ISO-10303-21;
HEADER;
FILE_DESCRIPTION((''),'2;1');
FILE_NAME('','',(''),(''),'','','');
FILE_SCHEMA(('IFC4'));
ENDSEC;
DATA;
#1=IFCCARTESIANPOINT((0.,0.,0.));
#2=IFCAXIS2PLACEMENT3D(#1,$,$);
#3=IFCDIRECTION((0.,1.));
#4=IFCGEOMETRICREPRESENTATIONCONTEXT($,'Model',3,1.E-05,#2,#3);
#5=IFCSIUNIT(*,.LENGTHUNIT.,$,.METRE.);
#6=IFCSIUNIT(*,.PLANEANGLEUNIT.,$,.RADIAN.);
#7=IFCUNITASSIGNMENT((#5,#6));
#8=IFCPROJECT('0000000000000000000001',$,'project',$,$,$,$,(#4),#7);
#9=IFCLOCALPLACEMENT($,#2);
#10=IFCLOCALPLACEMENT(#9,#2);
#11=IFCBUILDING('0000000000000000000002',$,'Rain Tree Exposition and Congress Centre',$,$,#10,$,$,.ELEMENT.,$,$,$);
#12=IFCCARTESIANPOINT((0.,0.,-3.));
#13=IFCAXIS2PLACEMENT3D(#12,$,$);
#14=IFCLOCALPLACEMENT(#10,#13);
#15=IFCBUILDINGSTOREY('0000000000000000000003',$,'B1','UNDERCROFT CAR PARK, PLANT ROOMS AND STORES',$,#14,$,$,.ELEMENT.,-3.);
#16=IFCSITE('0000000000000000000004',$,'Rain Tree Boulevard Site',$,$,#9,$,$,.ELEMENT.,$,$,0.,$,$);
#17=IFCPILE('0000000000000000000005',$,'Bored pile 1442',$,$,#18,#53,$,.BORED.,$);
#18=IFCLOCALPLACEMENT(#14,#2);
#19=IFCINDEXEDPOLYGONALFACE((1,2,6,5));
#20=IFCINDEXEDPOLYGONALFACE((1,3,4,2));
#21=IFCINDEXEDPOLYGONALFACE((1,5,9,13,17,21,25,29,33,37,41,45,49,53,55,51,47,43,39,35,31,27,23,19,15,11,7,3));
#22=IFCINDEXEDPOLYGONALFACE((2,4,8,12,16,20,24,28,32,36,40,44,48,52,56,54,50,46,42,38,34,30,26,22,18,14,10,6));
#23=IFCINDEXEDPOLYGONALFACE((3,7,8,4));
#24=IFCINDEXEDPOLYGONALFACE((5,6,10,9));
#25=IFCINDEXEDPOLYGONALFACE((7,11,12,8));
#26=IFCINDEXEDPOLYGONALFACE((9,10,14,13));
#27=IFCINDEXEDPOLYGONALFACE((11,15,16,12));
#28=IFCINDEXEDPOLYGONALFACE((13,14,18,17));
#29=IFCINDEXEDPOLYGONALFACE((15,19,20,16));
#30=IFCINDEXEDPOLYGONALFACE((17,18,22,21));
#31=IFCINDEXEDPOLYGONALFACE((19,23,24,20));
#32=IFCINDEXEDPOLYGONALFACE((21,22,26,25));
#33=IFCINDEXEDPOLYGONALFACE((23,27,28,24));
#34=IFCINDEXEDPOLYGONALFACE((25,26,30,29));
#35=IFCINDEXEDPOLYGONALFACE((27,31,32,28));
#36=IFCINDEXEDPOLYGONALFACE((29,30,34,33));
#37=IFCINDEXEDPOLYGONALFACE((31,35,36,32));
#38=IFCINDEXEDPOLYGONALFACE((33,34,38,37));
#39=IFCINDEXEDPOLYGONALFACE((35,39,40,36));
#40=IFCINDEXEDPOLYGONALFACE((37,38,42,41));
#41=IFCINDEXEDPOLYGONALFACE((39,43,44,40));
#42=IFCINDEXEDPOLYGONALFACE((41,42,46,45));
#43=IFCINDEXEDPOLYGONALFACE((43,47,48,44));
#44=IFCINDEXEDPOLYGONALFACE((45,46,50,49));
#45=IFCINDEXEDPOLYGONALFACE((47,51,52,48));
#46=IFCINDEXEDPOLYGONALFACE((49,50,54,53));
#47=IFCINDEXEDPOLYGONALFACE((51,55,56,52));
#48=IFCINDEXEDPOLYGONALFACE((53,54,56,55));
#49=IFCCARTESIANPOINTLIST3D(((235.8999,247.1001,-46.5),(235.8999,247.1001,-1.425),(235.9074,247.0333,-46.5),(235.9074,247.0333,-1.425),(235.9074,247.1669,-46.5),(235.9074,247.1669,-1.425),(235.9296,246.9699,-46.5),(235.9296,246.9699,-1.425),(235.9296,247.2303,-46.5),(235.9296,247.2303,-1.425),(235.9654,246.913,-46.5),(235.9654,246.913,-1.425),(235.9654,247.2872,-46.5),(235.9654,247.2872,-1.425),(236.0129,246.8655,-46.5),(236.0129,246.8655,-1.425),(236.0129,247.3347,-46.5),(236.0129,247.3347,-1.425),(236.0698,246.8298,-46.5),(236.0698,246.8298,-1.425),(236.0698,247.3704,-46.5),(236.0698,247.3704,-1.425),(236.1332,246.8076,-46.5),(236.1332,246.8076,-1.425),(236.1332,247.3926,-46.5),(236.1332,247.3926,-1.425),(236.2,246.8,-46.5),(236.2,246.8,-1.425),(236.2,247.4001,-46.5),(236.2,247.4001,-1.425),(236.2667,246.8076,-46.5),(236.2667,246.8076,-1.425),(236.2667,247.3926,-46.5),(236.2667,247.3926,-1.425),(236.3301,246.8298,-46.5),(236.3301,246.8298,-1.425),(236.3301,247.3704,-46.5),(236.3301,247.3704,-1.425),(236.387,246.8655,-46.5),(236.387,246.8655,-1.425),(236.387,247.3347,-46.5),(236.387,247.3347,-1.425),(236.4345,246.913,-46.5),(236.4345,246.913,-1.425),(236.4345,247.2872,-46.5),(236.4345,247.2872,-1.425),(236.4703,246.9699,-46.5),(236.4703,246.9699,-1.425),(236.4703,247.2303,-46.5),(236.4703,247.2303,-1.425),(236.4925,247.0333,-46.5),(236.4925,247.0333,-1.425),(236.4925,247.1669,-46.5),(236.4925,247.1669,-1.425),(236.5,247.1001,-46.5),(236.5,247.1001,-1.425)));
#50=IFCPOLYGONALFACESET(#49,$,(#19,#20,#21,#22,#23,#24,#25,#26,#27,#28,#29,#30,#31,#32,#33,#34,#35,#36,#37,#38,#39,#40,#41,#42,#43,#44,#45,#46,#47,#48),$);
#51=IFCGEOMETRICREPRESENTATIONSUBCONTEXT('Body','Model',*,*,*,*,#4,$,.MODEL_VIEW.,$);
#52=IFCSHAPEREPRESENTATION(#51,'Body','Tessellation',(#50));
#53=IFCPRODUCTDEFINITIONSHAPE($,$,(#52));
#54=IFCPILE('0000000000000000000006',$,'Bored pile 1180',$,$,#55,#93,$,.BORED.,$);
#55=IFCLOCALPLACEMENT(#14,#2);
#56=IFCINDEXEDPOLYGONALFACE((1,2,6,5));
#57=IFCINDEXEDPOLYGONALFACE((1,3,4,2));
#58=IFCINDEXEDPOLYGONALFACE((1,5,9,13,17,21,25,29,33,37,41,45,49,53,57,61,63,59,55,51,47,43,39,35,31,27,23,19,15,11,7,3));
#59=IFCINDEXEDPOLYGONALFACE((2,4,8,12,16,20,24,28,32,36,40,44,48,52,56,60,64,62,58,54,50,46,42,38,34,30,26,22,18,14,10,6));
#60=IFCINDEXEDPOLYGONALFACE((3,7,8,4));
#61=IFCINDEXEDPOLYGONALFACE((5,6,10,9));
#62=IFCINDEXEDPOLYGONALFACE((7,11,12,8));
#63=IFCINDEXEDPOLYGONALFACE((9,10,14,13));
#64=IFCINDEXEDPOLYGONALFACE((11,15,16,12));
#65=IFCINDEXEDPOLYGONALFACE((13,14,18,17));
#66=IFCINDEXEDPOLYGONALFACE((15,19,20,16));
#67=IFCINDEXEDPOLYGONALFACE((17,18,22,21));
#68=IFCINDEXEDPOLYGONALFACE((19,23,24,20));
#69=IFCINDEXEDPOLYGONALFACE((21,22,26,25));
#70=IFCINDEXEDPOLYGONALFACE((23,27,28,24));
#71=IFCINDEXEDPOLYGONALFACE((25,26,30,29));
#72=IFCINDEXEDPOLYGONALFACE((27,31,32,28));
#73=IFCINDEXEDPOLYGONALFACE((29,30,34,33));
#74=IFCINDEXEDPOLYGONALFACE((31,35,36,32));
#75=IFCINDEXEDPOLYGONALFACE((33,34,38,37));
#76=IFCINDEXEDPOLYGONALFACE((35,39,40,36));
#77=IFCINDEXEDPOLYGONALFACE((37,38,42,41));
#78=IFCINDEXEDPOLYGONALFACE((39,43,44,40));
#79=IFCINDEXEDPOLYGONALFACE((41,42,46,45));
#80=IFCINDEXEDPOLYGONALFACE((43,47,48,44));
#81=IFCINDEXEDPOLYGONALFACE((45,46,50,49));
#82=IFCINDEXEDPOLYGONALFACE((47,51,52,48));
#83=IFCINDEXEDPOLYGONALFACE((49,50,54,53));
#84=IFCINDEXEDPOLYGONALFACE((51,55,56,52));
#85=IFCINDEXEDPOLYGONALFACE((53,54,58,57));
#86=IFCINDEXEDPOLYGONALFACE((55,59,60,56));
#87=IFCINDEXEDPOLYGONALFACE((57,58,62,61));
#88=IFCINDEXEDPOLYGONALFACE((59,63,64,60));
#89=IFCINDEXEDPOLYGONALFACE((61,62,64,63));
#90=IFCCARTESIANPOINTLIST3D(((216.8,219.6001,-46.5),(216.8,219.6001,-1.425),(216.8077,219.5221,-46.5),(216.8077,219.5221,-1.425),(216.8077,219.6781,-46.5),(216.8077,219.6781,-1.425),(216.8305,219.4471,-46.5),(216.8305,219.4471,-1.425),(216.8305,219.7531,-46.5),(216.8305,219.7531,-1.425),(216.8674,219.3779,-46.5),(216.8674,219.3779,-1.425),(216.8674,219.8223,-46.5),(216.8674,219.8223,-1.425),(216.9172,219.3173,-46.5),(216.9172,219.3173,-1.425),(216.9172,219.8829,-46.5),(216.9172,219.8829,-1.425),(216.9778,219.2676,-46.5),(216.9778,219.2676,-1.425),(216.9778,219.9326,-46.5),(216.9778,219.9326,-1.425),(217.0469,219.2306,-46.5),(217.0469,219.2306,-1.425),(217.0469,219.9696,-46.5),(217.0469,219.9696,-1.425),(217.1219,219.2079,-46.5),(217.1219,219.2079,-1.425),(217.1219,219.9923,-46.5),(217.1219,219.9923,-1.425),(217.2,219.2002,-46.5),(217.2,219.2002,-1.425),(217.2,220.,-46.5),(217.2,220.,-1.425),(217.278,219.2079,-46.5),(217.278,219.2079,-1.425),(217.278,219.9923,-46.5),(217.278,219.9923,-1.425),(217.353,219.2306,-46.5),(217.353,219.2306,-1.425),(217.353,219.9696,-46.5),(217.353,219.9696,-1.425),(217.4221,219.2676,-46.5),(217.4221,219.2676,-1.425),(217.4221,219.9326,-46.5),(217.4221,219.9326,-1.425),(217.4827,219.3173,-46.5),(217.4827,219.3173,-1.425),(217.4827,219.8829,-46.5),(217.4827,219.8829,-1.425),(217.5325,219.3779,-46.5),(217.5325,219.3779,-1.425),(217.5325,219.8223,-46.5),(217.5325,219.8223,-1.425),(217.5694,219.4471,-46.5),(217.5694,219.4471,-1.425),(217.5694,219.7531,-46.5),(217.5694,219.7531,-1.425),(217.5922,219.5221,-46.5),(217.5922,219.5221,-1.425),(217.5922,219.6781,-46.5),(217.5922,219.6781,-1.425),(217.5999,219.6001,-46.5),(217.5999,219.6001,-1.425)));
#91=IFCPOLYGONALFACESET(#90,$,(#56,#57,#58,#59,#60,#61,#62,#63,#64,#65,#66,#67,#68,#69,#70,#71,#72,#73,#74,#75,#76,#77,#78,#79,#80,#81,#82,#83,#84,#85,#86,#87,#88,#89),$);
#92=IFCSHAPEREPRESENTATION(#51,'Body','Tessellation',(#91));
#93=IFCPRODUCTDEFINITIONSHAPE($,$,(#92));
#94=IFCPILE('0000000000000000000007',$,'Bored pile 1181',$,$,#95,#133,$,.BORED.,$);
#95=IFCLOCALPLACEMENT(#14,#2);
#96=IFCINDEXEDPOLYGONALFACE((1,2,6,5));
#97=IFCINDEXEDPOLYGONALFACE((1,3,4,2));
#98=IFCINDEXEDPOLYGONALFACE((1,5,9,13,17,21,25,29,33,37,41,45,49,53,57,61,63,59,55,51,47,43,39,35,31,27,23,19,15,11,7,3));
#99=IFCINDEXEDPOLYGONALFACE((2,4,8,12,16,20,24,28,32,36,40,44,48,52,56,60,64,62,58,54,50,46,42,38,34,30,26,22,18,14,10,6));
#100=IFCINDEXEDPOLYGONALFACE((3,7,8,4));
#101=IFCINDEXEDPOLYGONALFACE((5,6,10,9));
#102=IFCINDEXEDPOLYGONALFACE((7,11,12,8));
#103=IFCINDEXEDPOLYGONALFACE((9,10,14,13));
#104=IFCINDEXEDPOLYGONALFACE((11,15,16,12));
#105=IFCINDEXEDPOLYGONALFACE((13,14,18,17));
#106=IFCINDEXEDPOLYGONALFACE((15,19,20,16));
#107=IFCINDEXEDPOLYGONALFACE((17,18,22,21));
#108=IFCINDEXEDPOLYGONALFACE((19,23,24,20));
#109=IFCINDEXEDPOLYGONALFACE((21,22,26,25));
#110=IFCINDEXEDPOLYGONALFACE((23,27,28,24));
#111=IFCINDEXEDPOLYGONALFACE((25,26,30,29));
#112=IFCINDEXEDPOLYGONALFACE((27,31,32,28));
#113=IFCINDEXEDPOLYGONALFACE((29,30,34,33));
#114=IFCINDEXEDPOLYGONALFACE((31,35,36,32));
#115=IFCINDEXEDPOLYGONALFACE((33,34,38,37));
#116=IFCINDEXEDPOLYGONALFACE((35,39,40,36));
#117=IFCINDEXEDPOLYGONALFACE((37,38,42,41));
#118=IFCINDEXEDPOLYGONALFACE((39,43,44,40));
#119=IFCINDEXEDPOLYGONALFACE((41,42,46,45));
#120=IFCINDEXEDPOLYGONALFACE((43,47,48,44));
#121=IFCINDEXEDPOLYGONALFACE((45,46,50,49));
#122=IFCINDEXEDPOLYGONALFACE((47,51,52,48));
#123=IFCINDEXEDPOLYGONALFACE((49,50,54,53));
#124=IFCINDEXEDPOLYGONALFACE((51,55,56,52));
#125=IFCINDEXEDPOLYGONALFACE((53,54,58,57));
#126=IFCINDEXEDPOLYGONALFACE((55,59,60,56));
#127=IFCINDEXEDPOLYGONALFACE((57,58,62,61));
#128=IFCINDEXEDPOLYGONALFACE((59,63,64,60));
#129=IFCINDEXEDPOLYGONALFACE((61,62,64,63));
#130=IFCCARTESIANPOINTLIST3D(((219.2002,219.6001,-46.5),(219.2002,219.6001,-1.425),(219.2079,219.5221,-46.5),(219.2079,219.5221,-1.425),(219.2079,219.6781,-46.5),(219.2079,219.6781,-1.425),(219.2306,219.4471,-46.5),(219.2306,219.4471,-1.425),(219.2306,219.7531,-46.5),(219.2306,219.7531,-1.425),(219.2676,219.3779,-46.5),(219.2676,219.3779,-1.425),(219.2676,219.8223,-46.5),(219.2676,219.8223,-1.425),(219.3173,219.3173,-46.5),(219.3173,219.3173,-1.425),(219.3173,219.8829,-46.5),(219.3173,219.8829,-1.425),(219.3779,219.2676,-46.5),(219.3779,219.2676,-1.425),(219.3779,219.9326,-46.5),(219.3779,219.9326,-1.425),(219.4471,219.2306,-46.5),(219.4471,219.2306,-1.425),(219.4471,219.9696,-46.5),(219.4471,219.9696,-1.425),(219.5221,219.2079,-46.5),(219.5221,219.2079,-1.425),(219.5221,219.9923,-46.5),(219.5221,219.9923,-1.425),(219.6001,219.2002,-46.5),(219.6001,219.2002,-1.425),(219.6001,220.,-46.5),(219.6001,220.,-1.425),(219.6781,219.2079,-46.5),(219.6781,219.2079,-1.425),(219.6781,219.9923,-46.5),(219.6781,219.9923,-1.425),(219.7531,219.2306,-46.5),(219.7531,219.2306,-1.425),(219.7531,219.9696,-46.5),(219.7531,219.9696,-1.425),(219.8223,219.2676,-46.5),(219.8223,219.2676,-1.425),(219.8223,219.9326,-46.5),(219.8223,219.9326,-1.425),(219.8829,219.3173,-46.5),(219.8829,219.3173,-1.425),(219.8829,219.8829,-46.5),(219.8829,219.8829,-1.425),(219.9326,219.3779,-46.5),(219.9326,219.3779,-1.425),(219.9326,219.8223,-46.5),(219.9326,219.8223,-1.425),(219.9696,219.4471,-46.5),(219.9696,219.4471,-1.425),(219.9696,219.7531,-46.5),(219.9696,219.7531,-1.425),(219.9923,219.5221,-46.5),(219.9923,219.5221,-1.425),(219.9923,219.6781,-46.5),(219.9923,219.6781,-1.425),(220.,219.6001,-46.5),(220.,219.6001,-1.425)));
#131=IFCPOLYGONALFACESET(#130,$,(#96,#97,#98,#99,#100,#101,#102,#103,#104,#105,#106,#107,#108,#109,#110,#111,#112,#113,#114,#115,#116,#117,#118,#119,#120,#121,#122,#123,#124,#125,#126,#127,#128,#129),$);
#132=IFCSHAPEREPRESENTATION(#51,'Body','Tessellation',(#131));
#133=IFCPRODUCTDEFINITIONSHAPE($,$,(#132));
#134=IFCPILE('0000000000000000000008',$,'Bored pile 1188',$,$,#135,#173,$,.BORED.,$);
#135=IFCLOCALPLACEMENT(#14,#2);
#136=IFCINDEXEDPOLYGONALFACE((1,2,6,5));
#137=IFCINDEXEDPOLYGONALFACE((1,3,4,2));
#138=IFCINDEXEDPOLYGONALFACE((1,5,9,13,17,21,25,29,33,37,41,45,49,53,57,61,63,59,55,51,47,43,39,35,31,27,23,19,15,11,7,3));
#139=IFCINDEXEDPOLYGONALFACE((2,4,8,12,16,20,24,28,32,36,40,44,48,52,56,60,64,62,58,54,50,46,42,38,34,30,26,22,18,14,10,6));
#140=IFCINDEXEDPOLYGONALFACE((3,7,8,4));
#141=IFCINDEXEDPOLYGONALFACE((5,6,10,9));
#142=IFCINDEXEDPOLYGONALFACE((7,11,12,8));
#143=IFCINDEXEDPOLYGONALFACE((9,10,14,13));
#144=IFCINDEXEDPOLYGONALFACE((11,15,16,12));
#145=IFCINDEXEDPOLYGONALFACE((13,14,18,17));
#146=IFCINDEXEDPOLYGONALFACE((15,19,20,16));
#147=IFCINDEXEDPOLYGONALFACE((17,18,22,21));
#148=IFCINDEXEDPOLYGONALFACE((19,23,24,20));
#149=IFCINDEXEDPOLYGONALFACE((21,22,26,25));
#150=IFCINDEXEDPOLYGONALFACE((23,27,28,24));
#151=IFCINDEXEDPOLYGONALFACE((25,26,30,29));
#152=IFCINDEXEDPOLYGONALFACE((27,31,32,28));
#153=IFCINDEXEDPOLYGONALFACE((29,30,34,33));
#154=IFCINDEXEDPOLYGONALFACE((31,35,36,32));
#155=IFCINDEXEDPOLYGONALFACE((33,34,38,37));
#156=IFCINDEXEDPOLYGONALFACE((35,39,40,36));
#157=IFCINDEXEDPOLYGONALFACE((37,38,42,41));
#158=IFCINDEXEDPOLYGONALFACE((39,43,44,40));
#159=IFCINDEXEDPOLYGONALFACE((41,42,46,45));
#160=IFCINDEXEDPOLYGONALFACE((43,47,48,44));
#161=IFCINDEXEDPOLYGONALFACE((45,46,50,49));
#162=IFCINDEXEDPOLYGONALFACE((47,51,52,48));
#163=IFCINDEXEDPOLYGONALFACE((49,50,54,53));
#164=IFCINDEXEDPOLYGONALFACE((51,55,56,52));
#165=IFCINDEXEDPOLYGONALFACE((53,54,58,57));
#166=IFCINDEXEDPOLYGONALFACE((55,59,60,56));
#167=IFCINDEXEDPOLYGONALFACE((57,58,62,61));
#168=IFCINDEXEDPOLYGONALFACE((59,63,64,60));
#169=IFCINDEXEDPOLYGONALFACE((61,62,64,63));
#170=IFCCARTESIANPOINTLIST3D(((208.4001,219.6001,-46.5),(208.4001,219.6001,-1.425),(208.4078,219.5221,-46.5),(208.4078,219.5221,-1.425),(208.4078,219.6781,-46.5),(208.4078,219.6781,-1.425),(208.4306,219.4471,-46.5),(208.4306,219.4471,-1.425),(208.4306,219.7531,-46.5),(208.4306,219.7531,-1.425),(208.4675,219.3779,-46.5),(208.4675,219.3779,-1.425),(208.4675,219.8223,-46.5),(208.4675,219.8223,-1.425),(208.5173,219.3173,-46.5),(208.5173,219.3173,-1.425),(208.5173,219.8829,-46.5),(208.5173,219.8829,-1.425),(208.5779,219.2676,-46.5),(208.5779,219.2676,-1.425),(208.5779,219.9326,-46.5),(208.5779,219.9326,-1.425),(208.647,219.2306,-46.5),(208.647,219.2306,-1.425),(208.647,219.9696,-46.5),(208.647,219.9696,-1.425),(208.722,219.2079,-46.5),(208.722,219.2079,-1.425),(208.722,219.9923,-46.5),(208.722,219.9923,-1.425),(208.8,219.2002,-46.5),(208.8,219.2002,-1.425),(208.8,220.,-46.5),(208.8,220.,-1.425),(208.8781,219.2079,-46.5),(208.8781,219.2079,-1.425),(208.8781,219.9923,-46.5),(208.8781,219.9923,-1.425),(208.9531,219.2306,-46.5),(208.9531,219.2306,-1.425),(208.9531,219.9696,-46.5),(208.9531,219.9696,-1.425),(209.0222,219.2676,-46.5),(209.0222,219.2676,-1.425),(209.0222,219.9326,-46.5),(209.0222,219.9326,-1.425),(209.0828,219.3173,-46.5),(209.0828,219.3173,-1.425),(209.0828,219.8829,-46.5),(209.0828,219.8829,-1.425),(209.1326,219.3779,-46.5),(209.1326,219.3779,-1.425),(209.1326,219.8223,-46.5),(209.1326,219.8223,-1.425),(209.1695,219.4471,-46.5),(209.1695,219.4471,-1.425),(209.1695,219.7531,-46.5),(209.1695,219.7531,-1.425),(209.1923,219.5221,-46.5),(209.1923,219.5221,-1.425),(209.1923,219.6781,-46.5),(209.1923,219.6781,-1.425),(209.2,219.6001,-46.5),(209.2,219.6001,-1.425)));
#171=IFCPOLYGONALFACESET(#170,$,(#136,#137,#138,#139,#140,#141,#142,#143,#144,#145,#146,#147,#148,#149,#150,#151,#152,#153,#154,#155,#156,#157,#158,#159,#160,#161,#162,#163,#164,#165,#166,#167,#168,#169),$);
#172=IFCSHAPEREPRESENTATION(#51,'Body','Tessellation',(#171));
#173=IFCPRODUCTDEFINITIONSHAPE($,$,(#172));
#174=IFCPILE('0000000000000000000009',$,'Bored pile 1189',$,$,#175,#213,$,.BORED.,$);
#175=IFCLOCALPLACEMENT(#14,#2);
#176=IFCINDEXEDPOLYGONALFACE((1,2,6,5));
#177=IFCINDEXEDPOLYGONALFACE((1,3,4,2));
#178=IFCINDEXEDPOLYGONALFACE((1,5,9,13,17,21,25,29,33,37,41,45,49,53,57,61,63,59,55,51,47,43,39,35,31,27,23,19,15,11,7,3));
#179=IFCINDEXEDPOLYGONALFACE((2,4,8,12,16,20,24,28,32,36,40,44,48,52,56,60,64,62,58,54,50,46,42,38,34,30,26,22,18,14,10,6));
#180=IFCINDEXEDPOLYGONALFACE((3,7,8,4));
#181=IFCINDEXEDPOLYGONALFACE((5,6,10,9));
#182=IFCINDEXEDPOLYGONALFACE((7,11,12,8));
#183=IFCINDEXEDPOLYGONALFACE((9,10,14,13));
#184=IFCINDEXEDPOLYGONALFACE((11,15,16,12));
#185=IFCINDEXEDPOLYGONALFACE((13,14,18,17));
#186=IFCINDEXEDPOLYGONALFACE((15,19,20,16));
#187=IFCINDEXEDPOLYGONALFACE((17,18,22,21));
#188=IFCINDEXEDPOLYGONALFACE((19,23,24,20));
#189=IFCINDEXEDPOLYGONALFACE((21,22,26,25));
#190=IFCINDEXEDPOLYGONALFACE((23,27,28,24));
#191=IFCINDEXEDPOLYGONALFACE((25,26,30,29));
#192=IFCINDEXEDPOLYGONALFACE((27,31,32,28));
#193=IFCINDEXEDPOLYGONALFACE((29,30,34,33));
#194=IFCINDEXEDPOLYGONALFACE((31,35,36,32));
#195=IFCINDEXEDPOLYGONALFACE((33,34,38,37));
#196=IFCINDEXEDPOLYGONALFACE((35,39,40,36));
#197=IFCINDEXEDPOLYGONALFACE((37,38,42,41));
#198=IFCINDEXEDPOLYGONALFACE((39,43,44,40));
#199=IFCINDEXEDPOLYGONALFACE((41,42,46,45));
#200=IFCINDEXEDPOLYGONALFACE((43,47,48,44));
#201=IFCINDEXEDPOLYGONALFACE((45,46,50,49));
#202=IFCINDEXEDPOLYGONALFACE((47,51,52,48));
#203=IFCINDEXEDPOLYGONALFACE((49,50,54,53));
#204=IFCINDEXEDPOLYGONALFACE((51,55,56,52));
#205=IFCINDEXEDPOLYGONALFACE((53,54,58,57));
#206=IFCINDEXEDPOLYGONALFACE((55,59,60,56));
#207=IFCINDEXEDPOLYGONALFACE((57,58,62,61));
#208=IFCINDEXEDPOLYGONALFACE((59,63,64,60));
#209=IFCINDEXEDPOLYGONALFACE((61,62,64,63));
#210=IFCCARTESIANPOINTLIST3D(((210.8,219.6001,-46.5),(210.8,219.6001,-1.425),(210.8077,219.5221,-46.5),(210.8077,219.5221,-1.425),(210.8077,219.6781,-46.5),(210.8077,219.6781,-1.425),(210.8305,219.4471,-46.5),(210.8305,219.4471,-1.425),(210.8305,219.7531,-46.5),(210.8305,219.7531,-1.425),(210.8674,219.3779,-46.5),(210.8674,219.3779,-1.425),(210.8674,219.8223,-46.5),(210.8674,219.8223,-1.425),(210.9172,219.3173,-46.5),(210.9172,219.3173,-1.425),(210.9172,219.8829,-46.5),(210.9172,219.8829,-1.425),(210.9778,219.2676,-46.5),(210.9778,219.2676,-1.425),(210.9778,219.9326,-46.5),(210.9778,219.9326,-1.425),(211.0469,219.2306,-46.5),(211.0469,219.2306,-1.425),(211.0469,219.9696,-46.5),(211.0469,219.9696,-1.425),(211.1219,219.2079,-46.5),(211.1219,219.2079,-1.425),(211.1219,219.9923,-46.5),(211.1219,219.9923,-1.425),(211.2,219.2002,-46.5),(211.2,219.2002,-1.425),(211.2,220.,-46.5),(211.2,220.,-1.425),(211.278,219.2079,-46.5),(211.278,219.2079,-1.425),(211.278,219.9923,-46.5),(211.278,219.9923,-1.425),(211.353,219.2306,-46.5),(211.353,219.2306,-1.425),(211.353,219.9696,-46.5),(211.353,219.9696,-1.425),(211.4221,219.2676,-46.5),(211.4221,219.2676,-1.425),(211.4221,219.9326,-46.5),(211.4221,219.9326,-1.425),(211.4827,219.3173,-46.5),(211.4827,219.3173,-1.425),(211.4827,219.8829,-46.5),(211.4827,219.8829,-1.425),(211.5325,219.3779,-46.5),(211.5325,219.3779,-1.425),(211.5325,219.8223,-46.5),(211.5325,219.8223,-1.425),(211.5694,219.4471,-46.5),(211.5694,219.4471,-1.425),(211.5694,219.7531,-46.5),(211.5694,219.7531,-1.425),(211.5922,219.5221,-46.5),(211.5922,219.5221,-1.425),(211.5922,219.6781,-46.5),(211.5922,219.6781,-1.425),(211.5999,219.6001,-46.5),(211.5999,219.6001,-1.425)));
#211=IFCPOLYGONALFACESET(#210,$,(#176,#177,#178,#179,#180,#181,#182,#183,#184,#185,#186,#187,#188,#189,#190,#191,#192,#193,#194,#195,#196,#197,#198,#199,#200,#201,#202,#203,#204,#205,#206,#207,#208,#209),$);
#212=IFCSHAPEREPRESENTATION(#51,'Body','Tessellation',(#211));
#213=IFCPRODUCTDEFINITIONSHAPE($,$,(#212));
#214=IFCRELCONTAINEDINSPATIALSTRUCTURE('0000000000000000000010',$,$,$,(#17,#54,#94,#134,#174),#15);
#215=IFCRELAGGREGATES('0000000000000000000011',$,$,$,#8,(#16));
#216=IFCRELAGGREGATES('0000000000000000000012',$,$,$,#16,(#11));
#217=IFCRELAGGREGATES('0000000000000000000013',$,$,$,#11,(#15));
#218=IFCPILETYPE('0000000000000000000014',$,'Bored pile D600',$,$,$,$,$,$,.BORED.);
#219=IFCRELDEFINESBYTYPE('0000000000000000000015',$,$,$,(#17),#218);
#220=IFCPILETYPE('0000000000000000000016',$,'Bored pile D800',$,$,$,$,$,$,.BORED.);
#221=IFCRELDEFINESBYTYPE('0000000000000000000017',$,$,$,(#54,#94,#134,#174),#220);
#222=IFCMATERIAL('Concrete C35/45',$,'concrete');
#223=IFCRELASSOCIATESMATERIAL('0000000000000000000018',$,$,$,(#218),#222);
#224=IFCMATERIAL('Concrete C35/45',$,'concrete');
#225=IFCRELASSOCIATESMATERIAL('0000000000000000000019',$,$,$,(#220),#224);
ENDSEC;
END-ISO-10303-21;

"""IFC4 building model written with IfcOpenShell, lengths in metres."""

from ifc_helpers import new_model, si_unit, direction, frame, origin, origin_2d, place, context, subcontext, project, spatial, circle, extrude, material, material_profile, profile_set, type_object, element, save


model = new_model("IFC4")

# Units and contexts
model_context = context("Model", 3, precision=1e-05, world=origin(), true_north=direction((0.0, 1.0)))
body_context = subcontext(model_context, "Body", "Model", "MODEL_VIEW")
ifc_project = project(units=[si_unit("LENGTHUNIT", "METRE"), si_unit("PLANEANGLEUNIT", "RADIAN")], contexts=[model_context])

# Site, building, storey
site_placement = place(None, origin())
site = spatial("IfcSite", under=ifc_project, at=site_placement, Name="Rain Tree Boulevard Site", CompositionType="ELEMENT", RefElevation=0.0)
building_placement = place(site_placement, origin())
building = spatial("IfcBuilding", under=site, at=building_placement, Name="Rain Tree Exposition and Congress Centre", CompositionType="ELEMENT")
storey_placement = place(building_placement, frame((0.0, 0.0, -3.0)))
storey = spatial("IfcBuildingStorey", under=building, at=storey_placement, Name="B1", Description="UNDERCROFT CAR PARK, PLANT ROOMS AND STORES", CompositionType="ELEMENT", Elevation=-3.0)

# Piles
ifc_material_1 = material(Name="Concrete C35/45", Category="concrete")
ifc_material_profile_1 = material_profile(ifc_material_1, circle(Radius=0.3, at=origin_2d()), Name="D600")
ifc_profile_set_1 = profile_set([ifc_material_profile_1], Name="Concrete C35/45")
pile_type_1 = type_object("IfcPileType", Name="Bored pile D600", PredefinedType="BORED", material=ifc_profile_set_1)
pile_placement = place(storey_placement, frame((236.2, 247.1001, -1.425), z_axis=(0.0, 0.0, -1.0), x_axis=(1.0, 0.0, 0.0)))
element("IfcPile", 1, at=pile_placement, inside=storey, type_object=pile_type_1, Name="Bored pile 1442", PredefinedType="BORED", context=body_context, shape_type="SweptSolid", body=[
    extrude(circle(Radius=0.3, at=origin_2d()), origin(), (0.0, 0.0, 1.0), 45.075),
])
ifc_material_2 = material(Name="Concrete C35/45", Category="concrete")
ifc_material_profile_2 = material_profile(ifc_material_2, circle(Radius=0.3999, at=origin_2d()), Name="D800")
ifc_profile_set_2 = profile_set([ifc_material_profile_2], Name="Concrete C35/45")
pile_type_2 = type_object("IfcPileType", Name="Bored pile D800", PredefinedType="BORED", material=ifc_profile_set_2)
for number, where, z_axis, x_axis, name in (
    (2, (217.2, 219.6001, -1.425), (0.0, 0.0, -1.0), (1.0, 0.0, 0.0), "Bored pile 1180"),
    (3, (219.6001, 219.6001, -1.425), (0.0, 0.0, -1.0), (1.0, 0.0, 0.0), "Bored pile 1181"),
    (4, (208.8, 219.6001, -1.425), (0.0, 0.0, -1.0), (1.0, 0.0, 0.0), "Bored pile 1188"),
    (5, (211.2, 219.6001, -1.425), (0.0, 0.0, -1.0), (1.0, 0.0, 0.0), "Bored pile 1189"),
):
    element("IfcPile", number, at=place(storey_placement, frame(where, z_axis=z_axis, x_axis=x_axis)), inside=storey, type_object=pile_type_2, Name=name, PredefinedType="BORED", context=body_context, shape_type="SweptSolid", body=[
        extrude(circle(Radius=0.3999, at=origin_2d()), origin(), (0.0, 0.0, 1.0), 45.075),
    ])

save(model, "model.ifc")
